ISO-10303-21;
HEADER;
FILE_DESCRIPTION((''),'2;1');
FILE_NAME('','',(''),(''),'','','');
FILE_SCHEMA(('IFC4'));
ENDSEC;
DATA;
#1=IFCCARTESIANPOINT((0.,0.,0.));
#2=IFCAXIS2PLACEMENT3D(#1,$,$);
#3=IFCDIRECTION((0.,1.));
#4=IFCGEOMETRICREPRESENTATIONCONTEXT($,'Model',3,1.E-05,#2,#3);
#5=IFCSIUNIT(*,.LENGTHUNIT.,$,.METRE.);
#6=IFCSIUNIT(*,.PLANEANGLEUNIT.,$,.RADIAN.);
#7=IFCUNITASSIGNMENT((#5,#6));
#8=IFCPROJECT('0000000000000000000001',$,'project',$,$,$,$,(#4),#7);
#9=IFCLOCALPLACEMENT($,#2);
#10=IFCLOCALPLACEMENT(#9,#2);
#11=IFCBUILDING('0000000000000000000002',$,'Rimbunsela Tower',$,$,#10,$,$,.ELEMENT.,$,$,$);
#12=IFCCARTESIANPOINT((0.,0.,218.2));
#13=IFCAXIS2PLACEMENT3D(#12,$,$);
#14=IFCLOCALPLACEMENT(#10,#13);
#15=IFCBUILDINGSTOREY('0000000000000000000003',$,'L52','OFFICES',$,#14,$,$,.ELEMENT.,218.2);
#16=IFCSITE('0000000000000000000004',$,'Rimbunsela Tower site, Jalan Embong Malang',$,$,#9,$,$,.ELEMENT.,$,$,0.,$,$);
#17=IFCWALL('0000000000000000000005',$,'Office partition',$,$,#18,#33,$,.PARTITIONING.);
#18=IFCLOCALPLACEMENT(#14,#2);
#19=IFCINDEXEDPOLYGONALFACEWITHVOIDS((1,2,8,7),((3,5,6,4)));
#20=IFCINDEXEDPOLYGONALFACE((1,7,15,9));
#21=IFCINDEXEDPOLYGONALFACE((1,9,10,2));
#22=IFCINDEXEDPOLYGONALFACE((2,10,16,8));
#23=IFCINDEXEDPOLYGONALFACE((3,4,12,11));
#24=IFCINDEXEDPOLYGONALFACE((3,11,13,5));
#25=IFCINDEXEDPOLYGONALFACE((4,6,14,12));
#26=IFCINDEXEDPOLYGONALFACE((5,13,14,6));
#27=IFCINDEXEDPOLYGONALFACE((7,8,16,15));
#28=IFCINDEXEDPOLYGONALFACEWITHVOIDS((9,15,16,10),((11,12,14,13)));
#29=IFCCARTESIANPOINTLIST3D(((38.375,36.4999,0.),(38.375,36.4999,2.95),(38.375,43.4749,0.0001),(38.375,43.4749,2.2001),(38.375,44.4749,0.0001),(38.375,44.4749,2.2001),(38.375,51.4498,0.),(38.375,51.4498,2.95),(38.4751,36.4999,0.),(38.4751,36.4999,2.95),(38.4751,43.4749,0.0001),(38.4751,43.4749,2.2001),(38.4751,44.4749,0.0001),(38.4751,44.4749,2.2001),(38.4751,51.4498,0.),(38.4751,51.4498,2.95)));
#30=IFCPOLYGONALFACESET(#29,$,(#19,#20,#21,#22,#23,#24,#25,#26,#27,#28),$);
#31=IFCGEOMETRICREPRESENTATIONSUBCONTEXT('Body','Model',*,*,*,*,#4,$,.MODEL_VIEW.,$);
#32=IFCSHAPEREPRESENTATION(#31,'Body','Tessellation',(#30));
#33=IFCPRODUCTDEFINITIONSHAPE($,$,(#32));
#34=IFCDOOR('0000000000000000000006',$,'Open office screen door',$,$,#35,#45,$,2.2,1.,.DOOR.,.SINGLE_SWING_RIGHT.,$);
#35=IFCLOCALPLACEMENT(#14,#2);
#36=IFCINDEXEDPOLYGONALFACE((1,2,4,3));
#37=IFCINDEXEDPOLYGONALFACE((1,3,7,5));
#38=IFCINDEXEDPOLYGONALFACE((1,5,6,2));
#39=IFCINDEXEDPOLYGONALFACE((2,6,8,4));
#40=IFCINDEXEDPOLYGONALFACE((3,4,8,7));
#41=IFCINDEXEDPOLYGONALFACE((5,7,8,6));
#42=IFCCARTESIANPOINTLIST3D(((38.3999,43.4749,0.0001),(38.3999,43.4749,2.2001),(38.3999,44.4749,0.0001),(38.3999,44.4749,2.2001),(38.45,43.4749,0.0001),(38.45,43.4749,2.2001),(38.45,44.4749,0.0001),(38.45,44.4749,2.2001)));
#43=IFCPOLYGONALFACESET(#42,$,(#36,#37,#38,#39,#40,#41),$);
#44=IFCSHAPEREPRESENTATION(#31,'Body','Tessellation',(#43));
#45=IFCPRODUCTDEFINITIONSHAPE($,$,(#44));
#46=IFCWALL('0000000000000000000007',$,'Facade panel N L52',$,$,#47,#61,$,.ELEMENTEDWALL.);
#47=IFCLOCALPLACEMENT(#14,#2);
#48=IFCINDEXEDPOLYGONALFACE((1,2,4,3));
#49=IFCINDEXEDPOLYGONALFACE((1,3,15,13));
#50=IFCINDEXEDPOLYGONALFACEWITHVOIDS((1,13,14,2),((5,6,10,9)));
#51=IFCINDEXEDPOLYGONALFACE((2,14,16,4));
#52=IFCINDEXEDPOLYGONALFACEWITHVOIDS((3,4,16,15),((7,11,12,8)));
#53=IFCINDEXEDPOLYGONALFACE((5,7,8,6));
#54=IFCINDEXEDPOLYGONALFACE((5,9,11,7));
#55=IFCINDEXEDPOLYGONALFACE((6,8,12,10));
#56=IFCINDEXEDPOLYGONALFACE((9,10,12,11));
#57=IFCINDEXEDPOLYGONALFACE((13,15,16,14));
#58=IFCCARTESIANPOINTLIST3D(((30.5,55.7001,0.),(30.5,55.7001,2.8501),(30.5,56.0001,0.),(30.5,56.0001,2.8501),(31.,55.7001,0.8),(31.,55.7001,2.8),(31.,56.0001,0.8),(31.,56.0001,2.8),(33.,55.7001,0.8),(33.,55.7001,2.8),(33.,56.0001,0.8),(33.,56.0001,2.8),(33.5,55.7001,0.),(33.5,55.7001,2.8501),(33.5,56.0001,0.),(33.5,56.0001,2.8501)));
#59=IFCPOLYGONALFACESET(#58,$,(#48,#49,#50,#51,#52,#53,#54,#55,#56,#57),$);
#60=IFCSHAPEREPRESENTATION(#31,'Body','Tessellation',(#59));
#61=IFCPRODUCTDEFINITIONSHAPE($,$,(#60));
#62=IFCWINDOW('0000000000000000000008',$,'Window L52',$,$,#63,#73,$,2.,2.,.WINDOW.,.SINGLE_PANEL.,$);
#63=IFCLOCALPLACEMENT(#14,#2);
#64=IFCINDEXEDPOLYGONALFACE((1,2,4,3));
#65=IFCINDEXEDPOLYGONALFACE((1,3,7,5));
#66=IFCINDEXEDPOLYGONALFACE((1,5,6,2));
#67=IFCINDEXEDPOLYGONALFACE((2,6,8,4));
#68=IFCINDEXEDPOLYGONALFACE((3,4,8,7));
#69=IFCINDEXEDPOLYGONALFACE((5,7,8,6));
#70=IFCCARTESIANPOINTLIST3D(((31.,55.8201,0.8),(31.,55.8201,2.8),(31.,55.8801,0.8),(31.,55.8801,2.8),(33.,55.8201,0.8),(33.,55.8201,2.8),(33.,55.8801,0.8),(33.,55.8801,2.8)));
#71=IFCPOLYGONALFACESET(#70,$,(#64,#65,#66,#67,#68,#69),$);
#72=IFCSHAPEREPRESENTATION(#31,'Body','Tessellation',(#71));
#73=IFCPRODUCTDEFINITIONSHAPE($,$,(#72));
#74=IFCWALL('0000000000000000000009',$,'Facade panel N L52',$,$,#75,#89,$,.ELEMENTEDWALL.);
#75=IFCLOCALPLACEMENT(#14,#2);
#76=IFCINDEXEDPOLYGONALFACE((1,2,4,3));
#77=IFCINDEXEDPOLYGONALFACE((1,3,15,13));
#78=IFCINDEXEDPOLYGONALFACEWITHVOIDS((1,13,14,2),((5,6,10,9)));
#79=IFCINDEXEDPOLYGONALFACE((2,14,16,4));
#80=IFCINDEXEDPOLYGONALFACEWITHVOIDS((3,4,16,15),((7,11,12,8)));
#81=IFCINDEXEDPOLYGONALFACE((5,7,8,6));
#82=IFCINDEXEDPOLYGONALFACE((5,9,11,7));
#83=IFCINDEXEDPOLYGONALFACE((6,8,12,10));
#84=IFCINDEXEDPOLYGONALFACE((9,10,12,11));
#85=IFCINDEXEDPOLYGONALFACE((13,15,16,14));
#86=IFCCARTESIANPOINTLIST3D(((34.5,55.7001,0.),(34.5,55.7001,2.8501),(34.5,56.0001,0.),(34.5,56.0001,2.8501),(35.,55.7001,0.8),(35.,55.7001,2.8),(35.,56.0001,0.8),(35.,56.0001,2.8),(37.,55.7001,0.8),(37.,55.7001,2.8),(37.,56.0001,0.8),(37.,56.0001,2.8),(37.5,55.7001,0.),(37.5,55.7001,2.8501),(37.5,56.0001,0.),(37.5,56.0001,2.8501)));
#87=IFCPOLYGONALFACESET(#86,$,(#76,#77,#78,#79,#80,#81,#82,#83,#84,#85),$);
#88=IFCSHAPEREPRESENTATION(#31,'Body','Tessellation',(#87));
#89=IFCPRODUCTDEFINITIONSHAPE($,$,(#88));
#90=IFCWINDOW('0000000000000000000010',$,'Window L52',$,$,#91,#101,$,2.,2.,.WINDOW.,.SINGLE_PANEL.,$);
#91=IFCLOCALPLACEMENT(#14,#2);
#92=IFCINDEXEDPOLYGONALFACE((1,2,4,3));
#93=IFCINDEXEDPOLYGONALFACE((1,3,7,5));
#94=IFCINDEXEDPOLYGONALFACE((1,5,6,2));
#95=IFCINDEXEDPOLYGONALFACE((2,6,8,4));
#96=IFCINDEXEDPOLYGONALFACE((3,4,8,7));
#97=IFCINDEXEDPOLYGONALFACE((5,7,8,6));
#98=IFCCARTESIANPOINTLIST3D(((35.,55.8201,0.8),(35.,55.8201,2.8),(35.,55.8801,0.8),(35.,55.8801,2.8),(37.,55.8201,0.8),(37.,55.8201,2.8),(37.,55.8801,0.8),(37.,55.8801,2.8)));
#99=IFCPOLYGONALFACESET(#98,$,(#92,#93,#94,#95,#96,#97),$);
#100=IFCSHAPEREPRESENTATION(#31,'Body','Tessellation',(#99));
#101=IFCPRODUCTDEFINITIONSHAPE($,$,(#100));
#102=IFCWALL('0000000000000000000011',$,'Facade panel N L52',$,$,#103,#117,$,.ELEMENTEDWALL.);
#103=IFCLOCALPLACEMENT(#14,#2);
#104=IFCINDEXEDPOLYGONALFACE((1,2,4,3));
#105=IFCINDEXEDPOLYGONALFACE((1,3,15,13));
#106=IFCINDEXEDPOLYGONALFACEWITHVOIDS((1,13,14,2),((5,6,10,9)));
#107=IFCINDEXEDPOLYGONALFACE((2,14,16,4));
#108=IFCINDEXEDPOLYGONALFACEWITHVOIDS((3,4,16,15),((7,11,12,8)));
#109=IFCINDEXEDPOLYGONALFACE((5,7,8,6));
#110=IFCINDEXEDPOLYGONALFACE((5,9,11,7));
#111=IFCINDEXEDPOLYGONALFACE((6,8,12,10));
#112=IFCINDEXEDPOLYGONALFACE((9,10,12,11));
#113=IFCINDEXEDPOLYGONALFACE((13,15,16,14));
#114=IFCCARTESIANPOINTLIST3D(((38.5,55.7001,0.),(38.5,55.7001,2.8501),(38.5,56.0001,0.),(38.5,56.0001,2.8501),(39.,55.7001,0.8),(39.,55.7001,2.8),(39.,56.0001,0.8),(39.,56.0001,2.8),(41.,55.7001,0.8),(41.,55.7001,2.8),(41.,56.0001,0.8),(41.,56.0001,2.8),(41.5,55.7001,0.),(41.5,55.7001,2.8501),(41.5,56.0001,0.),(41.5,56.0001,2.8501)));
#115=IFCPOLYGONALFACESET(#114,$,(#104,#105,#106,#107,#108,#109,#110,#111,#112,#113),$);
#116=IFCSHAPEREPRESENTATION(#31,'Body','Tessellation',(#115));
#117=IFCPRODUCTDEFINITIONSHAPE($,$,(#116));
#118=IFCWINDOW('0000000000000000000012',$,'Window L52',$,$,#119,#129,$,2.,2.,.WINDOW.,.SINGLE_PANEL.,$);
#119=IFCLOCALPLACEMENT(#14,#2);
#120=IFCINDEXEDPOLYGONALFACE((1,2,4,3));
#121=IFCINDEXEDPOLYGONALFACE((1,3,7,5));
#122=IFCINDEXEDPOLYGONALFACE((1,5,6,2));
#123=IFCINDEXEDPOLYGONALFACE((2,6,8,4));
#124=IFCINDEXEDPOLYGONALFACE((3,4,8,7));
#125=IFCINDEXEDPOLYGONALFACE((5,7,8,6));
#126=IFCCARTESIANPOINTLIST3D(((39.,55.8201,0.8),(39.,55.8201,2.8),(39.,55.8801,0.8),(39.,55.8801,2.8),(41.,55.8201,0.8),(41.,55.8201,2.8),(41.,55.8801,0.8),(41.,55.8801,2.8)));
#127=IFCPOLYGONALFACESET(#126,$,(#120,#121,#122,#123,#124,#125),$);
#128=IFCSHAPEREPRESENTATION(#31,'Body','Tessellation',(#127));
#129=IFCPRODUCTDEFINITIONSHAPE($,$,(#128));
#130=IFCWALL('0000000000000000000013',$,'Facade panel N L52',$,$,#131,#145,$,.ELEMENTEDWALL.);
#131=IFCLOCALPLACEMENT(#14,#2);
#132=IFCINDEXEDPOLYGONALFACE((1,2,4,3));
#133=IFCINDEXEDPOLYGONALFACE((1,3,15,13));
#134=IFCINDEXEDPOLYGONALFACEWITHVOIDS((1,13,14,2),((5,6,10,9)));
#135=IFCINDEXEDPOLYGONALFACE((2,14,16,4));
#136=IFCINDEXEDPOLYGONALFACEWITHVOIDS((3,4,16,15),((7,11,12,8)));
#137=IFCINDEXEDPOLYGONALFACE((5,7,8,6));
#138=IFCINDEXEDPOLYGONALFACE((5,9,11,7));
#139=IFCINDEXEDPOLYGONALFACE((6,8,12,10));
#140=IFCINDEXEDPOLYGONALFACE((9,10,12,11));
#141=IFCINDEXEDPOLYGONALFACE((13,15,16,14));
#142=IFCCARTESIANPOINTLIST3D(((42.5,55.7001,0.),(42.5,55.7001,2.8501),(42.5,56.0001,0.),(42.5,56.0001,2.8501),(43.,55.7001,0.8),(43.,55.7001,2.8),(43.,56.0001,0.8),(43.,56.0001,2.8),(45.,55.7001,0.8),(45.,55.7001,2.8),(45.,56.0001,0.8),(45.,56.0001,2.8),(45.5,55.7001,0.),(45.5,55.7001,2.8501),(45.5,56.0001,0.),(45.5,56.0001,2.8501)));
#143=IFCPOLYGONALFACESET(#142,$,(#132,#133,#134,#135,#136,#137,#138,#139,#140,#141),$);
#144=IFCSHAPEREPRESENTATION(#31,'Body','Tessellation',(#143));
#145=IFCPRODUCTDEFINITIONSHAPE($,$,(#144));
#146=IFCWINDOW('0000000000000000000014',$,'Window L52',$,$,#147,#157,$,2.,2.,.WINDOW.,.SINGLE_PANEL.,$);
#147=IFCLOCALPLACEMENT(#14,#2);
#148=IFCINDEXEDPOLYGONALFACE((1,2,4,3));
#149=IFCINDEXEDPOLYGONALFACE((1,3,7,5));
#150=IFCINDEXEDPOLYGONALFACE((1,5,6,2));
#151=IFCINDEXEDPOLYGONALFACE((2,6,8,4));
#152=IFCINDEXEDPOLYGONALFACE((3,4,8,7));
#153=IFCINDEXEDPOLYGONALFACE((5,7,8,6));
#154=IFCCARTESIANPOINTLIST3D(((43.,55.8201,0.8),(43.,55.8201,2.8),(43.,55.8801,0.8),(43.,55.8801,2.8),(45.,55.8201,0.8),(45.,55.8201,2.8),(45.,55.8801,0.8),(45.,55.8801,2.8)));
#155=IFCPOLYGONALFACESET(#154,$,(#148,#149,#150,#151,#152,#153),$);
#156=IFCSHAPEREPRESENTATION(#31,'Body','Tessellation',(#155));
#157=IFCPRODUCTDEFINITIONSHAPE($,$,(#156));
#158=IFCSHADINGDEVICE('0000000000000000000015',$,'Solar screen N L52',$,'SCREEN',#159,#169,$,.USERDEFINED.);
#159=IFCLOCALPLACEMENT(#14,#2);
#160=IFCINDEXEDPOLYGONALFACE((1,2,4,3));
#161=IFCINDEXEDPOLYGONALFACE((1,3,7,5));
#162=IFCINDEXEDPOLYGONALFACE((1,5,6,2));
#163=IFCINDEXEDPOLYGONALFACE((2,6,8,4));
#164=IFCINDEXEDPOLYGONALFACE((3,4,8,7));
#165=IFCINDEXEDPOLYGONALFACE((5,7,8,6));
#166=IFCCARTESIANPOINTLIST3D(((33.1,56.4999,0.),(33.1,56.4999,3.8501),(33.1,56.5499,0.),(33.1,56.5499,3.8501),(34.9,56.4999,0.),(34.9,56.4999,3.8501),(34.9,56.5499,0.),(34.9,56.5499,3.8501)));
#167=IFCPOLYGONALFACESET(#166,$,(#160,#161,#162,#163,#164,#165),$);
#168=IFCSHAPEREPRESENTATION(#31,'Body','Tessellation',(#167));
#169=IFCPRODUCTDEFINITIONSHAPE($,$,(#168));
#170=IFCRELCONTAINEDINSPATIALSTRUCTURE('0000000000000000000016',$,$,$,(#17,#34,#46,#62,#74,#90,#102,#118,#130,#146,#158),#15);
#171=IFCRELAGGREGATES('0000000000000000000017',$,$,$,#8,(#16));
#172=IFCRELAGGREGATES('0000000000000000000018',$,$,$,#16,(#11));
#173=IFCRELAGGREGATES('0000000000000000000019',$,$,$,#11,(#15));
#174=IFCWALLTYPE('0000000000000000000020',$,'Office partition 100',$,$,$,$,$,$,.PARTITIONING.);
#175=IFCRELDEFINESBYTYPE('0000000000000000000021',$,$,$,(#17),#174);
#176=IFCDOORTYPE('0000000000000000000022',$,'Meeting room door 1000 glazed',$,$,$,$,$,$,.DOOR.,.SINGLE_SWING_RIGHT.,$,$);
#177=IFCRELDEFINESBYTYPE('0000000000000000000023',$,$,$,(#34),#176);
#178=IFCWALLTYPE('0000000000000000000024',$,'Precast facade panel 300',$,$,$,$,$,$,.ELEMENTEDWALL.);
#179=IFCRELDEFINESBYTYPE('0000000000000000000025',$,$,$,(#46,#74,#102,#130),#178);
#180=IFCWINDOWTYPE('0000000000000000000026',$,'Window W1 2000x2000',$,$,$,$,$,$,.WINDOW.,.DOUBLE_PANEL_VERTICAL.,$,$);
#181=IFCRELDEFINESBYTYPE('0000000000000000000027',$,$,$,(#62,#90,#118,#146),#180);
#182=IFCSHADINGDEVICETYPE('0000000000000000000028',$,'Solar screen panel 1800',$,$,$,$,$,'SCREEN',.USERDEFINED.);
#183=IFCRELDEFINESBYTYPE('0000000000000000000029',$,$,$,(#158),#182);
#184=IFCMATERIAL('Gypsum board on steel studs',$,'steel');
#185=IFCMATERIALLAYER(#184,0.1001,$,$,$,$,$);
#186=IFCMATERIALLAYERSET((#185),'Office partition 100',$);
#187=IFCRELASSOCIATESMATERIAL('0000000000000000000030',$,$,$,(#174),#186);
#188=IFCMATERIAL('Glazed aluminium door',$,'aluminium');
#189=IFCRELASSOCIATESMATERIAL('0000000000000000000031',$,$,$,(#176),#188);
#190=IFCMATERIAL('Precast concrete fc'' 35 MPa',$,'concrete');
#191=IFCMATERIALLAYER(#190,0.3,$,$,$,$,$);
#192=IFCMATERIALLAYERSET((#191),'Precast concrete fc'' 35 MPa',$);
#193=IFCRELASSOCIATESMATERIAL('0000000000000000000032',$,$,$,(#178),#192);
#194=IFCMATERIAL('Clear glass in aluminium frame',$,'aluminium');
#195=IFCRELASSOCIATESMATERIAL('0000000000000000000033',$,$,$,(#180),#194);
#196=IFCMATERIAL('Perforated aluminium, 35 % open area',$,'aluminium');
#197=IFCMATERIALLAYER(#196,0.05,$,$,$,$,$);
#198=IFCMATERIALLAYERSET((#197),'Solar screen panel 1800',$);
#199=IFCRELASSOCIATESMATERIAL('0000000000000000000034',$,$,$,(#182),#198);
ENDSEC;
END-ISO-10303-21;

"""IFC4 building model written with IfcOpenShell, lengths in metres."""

from ifc_helpers import new_model, si_unit, direction, frame, frame_2d, origin, origin_2d, place, context, subcontext, project, spatial, rectangle, extrude, material, layer, layer_set, type_object, element, fill, save


model = new_model("IFC4")

# Units and contexts
model_context = context("Model", 3, precision=1e-05, world=origin(), true_north=direction((0.0, 1.0)))
body_context = subcontext(model_context, "Body", "Model", "MODEL_VIEW")
ifc_project = project(units=[si_unit("LENGTHUNIT", "METRE"), si_unit("PLANEANGLEUNIT", "RADIAN")], contexts=[model_context])

# Site, building, storey
site_placement = place(None, origin())
site = spatial("IfcSite", under=ifc_project, at=site_placement, Name="Rimbunsela Tower site, Jalan Embong Malang", CompositionType="ELEMENT", RefElevation=0.0)
building_placement = place(site_placement, origin())
building = spatial("IfcBuilding", under=site, at=building_placement, Name="Rimbunsela Tower", CompositionType="ELEMENT")
storey_placement = place(building_placement, frame((0.0, 0.0, 218.2)))
storey = spatial("IfcBuildingStorey", under=building, at=storey_placement, Name="L52", Description="OFFICES", CompositionType="ELEMENT", Elevation=218.2)

# Shared definitions
ifc_material_1 = material(Name="Gypsum board on steel studs", Category="steel")
ifc_layer_1 = layer(ifc_material_1, 0.1001)
ifc_layer_set_1 = layer_set([ifc_layer_1], Name="Office partition 100")
wall_type_1 = type_object("IfcWallType", Name="Office partition 100", PredefinedType="PARTITIONING", material=ifc_layer_set_1)

# Wall, opening, door
wall_1_placement = place(storey_placement, frame((38.425, 51.45, 0.0), z_axis=(0.0, 0.0, 1.0), x_axis=(0.0, -1.0, 0.0)))
wall_1 = element("IfcWall", 1, at=wall_1_placement, inside=storey, type_object=wall_type_1, Name="Office partition", PredefinedType="PARTITIONING", context=body_context, shape_type="SweptSolid", body=[
    extrude(rectangle(XDim=14.95, YDim=0.1001, at=frame_2d((7.4751, 0.0))), origin(), (0.0, 0.0, 1.0), 2.95),
])
opening_1_placement = place(wall_1_placement, frame((6.9751, 0.0, 0.0)))
opening_1 = element("IfcOpeningElement", 2, at=opening_1_placement, cuts=wall_1, PredefinedType="OPENING", context=body_context, shape_type="SweptSolid", body=[
    extrude(rectangle(XDim=1.0, YDim=2.2, at=frame_2d((0.5, 1.1001))), frame((0.0, 0.0601, 0.0), z_axis=(0.0, -1.0, 0.0), x_axis=(1.0, 0.0, 0.0)), (0.0, 0.0, 1.0), 0.1201),
])
ifc_material_2 = material(Name="Glazed aluminium door", Category="aluminium")
door_type = type_object("IfcDoorType", Name="Meeting room door 1000 glazed", OperationType="SINGLE_SWING_RIGHT", PredefinedType="DOOR", material=ifc_material_2)
door_placement = place(opening_1_placement, origin())
door = element("IfcDoor", 3, at=door_placement, inside=storey, type_object=door_type, Name="Open office screen door", OperationType="SINGLE_SWING_RIGHT", OverallHeight=2.2, OverallWidth=1.0, PredefinedType="DOOR", context=body_context, shape_type="SweptSolid", body=[
    extrude(rectangle(XDim=1.0, YDim=2.2, at=frame_2d((0.5, 1.1001))), frame((0.0, 0.0249, 0.0), z_axis=(0.0, -1.0, 0.0), x_axis=(1.0, 0.0, 0.0)), (0.0, 0.0, 1.0), 0.05),
])
fill(opening_1, door)

# Walls, openings, windows
ifc_material_3 = material(Name="Precast concrete fc' 35 MPa", Category="concrete")
ifc_layer_2 = layer(ifc_material_3, 0.3)
ifc_layer_set_2 = layer_set([ifc_layer_2], Name="Precast concrete fc' 35 MPa")
wall_type_2 = type_object("IfcWallType", Name="Precast facade panel 300", PredefinedType="ELEMENTEDWALL", material=ifc_layer_set_2)
wall_2_placement = place(storey_placement, frame((33.5, 55.8501, 0.0), z_axis=(0.0, 0.0, 1.0), x_axis=(-1.0, 0.0, 0.0)))
wall_2 = element("IfcWall", 4, at=wall_2_placement, inside=storey, type_object=wall_type_2, Name="Facade panel N L52", PredefinedType="ELEMENTEDWALL", context=body_context, shape_type="SweptSolid", body=[
    extrude(rectangle(XDim=3.0, YDim=0.3, at=frame_2d((1.5, 0.0))), origin(), (0.0, 0.0, 1.0), 2.8501),
])
opening_2_placement = place(wall_2_placement, frame((0.5, 0.0, 0.8)))
opening_2 = element("IfcOpeningElement", 5, at=opening_2_placement, cuts=wall_2, PredefinedType="OPENING", context=body_context, shape_type="SweptSolid", body=[
    extrude(rectangle(XDim=2.0, YDim=2.0, at=frame_2d((1.0, 1.0))), frame((0.0, 0.1599, 0.0), z_axis=(0.0, -1.0, 0.0), x_axis=(1.0, 0.0, 0.0)), (0.0, 0.0, 1.0), 0.3201),
])
ifc_material_4 = material(Name="Clear glass in aluminium frame", Category="aluminium")
window_type = type_object("IfcWindowType", Name="Window W1 2000x2000", PartitioningType="DOUBLE_PANEL_VERTICAL", PredefinedType="WINDOW", material=ifc_material_4)
window_1_placement = place(opening_2_placement, origin())
window_1 = element("IfcWindow", 6, at=window_1_placement, inside=storey, type_object=window_type, Name="Window L52", OverallHeight=2.0, OverallWidth=2.0, PartitioningType="SINGLE_PANEL", PredefinedType="WINDOW", context=body_context, shape_type="SweptSolid", body=[
    extrude(rectangle(XDim=2.0, YDim=2.0, at=frame_2d((1.0, 1.0))), frame((0.0, 0.03, 0.0), z_axis=(0.0, -1.0, 0.0), x_axis=(1.0, 0.0, 0.0)), (0.0, 0.0, 1.0), 0.0601),
])
fill(opening_2, window_1)
wall_3_placement = place(storey_placement, frame((37.5, 55.8501, 0.0), z_axis=(0.0, 0.0, 1.0), x_axis=(-1.0, 0.0, 0.0)))
wall_3 = element("IfcWall", 7, at=wall_3_placement, inside=storey, type_object=wall_type_2, Name="Facade panel N L52", PredefinedType="ELEMENTEDWALL", context=body_context, shape_type="SweptSolid", body=[
    extrude(rectangle(XDim=3.0, YDim=0.3, at=frame_2d((1.5, 0.0))), origin(), (0.0, 0.0, 1.0), 2.8501),
])
opening_3_placement = place(wall_3_placement, frame((0.5, 0.0, 0.8)))
opening_3 = element("IfcOpeningElement", 8, at=opening_3_placement, cuts=wall_3, PredefinedType="OPENING", context=body_context, shape_type="SweptSolid", body=[
    extrude(rectangle(XDim=2.0, YDim=2.0, at=frame_2d((1.0, 1.0))), frame((0.0, 0.1599, 0.0), z_axis=(0.0, -1.0, 0.0), x_axis=(1.0, 0.0, 0.0)), (0.0, 0.0, 1.0), 0.3201),
])
window_2_placement = place(opening_3_placement, origin())
window_2 = element("IfcWindow", 9, at=window_2_placement, inside=storey, type_object=window_type, Name="Window L52", OverallHeight=2.0, OverallWidth=2.0, PartitioningType="SINGLE_PANEL", PredefinedType="WINDOW", context=body_context, shape_type="SweptSolid", body=[
    extrude(rectangle(XDim=2.0, YDim=2.0, at=frame_2d((1.0, 1.0))), frame((0.0, 0.03, 0.0), z_axis=(0.0, -1.0, 0.0), x_axis=(1.0, 0.0, 0.0)), (0.0, 0.0, 1.0), 0.0601),
])
fill(opening_3, window_2)
wall_4_placement = place(storey_placement, frame((41.5, 55.8501, 0.0), z_axis=(0.0, 0.0, 1.0), x_axis=(-1.0, 0.0, 0.0)))
wall_4 = element("IfcWall", 10, at=wall_4_placement, inside=storey, type_object=wall_type_2, Name="Facade panel N L52", PredefinedType="ELEMENTEDWALL", context=body_context, shape_type="SweptSolid", body=[
    extrude(rectangle(XDim=3.0, YDim=0.3, at=frame_2d((1.5, 0.0))), origin(), (0.0, 0.0, 1.0), 2.8501),
])
opening_4_placement = place(wall_4_placement, frame((0.5, 0.0, 0.8)))
opening_4 = element("IfcOpeningElement", 11, at=opening_4_placement, cuts=wall_4, PredefinedType="OPENING", context=body_context, shape_type="SweptSolid", body=[
    extrude(rectangle(XDim=2.0, YDim=2.0, at=frame_2d((1.0, 1.0))), frame((0.0, 0.1599, 0.0), z_axis=(0.0, -1.0, 0.0), x_axis=(1.0, 0.0, 0.0)), (0.0, 0.0, 1.0), 0.3201),
])
window_3_placement = place(opening_4_placement, origin())
window_3 = element("IfcWindow", 12, at=window_3_placement, inside=storey, type_object=window_type, Name="Window L52", OverallHeight=2.0, OverallWidth=2.0, PartitioningType="SINGLE_PANEL", PredefinedType="WINDOW", context=body_context, shape_type="SweptSolid", body=[
    extrude(rectangle(XDim=2.0, YDim=2.0, at=frame_2d((1.0, 1.0))), frame((0.0, 0.03, 0.0), z_axis=(0.0, -1.0, 0.0), x_axis=(1.0, 0.0, 0.0)), (0.0, 0.0, 1.0), 0.0601),
])
fill(opening_4, window_3)
wall_5_placement = place(storey_placement, frame((45.5, 55.8501, 0.0), z_axis=(0.0, 0.0, 1.0), x_axis=(-1.0, 0.0, 0.0)))
wall_5 = element("IfcWall", 13, at=wall_5_placement, inside=storey, type_object=wall_type_2, Name="Facade panel N L52", PredefinedType="ELEMENTEDWALL", context=body_context, shape_type="SweptSolid", body=[
    extrude(rectangle(XDim=3.0, YDim=0.3, at=frame_2d((1.5, 0.0))), origin(), (0.0, 0.0, 1.0), 2.8501),
])
opening_5_placement = place(wall_5_placement, frame((0.5, 0.0, 0.8)))
opening_5 = element("IfcOpeningElement", 14, at=opening_5_placement, cuts=wall_5, PredefinedType="OPENING", context=body_context, shape_type="SweptSolid", body=[
    extrude(rectangle(XDim=2.0, YDim=2.0, at=frame_2d((1.0, 1.0))), frame((0.0, 0.1599, 0.0), z_axis=(0.0, -1.0, 0.0), x_axis=(1.0, 0.0, 0.0)), (0.0, 0.0, 1.0), 0.3201),
])
window_4_placement = place(opening_5_placement, origin())
window_4 = element("IfcWindow", 15, at=window_4_placement, inside=storey, type_object=window_type, Name="Window L52", OverallHeight=2.0, OverallWidth=2.0, PartitioningType="SINGLE_PANEL", PredefinedType="WINDOW", context=body_context, shape_type="SweptSolid", body=[
    extrude(rectangle(XDim=2.0, YDim=2.0, at=frame_2d((1.0, 1.0))), frame((0.0, 0.03, 0.0), z_axis=(0.0, -1.0, 0.0), x_axis=(1.0, 0.0, 0.0)), (0.0, 0.0, 1.0), 0.0601),
])
fill(opening_5, window_4)

# Shading device
ifc_material_5 = material(Name="Perforated aluminium, 35 % open area", Category="aluminium")
ifc_layer_3 = layer(ifc_material_5, 0.05)
ifc_layer_set_3 = layer_set([ifc_layer_3], Name="Solar screen panel 1800")
shading_device_type = type_object("IfcShadingDeviceType", Name="Solar screen panel 1800", ElementType="SCREEN", PredefinedType="USERDEFINED", material=ifc_layer_set_3)
for number, where, z_axis, x_axis, name in (
    (16, (34.0, 56.5249, 0.0), (0.0, 0.0, 1.0), (1.0, 0.0, 0.0), "Solar screen N L52"),
):
    element("IfcShadingDevice", number, at=place(storey_placement, frame(where, z_axis=z_axis, x_axis=x_axis)), inside=storey, type_object=shading_device_type, Name=name, ObjectType="SCREEN", PredefinedType="USERDEFINED", context=body_context, shape_type="SweptSolid", body=[
        extrude(rectangle(XDim=1.8, YDim=0.05, at=origin_2d()), origin(), (0.0, 0.0, 1.0), 3.8501),
    ])

save(model, "model.ifc")
